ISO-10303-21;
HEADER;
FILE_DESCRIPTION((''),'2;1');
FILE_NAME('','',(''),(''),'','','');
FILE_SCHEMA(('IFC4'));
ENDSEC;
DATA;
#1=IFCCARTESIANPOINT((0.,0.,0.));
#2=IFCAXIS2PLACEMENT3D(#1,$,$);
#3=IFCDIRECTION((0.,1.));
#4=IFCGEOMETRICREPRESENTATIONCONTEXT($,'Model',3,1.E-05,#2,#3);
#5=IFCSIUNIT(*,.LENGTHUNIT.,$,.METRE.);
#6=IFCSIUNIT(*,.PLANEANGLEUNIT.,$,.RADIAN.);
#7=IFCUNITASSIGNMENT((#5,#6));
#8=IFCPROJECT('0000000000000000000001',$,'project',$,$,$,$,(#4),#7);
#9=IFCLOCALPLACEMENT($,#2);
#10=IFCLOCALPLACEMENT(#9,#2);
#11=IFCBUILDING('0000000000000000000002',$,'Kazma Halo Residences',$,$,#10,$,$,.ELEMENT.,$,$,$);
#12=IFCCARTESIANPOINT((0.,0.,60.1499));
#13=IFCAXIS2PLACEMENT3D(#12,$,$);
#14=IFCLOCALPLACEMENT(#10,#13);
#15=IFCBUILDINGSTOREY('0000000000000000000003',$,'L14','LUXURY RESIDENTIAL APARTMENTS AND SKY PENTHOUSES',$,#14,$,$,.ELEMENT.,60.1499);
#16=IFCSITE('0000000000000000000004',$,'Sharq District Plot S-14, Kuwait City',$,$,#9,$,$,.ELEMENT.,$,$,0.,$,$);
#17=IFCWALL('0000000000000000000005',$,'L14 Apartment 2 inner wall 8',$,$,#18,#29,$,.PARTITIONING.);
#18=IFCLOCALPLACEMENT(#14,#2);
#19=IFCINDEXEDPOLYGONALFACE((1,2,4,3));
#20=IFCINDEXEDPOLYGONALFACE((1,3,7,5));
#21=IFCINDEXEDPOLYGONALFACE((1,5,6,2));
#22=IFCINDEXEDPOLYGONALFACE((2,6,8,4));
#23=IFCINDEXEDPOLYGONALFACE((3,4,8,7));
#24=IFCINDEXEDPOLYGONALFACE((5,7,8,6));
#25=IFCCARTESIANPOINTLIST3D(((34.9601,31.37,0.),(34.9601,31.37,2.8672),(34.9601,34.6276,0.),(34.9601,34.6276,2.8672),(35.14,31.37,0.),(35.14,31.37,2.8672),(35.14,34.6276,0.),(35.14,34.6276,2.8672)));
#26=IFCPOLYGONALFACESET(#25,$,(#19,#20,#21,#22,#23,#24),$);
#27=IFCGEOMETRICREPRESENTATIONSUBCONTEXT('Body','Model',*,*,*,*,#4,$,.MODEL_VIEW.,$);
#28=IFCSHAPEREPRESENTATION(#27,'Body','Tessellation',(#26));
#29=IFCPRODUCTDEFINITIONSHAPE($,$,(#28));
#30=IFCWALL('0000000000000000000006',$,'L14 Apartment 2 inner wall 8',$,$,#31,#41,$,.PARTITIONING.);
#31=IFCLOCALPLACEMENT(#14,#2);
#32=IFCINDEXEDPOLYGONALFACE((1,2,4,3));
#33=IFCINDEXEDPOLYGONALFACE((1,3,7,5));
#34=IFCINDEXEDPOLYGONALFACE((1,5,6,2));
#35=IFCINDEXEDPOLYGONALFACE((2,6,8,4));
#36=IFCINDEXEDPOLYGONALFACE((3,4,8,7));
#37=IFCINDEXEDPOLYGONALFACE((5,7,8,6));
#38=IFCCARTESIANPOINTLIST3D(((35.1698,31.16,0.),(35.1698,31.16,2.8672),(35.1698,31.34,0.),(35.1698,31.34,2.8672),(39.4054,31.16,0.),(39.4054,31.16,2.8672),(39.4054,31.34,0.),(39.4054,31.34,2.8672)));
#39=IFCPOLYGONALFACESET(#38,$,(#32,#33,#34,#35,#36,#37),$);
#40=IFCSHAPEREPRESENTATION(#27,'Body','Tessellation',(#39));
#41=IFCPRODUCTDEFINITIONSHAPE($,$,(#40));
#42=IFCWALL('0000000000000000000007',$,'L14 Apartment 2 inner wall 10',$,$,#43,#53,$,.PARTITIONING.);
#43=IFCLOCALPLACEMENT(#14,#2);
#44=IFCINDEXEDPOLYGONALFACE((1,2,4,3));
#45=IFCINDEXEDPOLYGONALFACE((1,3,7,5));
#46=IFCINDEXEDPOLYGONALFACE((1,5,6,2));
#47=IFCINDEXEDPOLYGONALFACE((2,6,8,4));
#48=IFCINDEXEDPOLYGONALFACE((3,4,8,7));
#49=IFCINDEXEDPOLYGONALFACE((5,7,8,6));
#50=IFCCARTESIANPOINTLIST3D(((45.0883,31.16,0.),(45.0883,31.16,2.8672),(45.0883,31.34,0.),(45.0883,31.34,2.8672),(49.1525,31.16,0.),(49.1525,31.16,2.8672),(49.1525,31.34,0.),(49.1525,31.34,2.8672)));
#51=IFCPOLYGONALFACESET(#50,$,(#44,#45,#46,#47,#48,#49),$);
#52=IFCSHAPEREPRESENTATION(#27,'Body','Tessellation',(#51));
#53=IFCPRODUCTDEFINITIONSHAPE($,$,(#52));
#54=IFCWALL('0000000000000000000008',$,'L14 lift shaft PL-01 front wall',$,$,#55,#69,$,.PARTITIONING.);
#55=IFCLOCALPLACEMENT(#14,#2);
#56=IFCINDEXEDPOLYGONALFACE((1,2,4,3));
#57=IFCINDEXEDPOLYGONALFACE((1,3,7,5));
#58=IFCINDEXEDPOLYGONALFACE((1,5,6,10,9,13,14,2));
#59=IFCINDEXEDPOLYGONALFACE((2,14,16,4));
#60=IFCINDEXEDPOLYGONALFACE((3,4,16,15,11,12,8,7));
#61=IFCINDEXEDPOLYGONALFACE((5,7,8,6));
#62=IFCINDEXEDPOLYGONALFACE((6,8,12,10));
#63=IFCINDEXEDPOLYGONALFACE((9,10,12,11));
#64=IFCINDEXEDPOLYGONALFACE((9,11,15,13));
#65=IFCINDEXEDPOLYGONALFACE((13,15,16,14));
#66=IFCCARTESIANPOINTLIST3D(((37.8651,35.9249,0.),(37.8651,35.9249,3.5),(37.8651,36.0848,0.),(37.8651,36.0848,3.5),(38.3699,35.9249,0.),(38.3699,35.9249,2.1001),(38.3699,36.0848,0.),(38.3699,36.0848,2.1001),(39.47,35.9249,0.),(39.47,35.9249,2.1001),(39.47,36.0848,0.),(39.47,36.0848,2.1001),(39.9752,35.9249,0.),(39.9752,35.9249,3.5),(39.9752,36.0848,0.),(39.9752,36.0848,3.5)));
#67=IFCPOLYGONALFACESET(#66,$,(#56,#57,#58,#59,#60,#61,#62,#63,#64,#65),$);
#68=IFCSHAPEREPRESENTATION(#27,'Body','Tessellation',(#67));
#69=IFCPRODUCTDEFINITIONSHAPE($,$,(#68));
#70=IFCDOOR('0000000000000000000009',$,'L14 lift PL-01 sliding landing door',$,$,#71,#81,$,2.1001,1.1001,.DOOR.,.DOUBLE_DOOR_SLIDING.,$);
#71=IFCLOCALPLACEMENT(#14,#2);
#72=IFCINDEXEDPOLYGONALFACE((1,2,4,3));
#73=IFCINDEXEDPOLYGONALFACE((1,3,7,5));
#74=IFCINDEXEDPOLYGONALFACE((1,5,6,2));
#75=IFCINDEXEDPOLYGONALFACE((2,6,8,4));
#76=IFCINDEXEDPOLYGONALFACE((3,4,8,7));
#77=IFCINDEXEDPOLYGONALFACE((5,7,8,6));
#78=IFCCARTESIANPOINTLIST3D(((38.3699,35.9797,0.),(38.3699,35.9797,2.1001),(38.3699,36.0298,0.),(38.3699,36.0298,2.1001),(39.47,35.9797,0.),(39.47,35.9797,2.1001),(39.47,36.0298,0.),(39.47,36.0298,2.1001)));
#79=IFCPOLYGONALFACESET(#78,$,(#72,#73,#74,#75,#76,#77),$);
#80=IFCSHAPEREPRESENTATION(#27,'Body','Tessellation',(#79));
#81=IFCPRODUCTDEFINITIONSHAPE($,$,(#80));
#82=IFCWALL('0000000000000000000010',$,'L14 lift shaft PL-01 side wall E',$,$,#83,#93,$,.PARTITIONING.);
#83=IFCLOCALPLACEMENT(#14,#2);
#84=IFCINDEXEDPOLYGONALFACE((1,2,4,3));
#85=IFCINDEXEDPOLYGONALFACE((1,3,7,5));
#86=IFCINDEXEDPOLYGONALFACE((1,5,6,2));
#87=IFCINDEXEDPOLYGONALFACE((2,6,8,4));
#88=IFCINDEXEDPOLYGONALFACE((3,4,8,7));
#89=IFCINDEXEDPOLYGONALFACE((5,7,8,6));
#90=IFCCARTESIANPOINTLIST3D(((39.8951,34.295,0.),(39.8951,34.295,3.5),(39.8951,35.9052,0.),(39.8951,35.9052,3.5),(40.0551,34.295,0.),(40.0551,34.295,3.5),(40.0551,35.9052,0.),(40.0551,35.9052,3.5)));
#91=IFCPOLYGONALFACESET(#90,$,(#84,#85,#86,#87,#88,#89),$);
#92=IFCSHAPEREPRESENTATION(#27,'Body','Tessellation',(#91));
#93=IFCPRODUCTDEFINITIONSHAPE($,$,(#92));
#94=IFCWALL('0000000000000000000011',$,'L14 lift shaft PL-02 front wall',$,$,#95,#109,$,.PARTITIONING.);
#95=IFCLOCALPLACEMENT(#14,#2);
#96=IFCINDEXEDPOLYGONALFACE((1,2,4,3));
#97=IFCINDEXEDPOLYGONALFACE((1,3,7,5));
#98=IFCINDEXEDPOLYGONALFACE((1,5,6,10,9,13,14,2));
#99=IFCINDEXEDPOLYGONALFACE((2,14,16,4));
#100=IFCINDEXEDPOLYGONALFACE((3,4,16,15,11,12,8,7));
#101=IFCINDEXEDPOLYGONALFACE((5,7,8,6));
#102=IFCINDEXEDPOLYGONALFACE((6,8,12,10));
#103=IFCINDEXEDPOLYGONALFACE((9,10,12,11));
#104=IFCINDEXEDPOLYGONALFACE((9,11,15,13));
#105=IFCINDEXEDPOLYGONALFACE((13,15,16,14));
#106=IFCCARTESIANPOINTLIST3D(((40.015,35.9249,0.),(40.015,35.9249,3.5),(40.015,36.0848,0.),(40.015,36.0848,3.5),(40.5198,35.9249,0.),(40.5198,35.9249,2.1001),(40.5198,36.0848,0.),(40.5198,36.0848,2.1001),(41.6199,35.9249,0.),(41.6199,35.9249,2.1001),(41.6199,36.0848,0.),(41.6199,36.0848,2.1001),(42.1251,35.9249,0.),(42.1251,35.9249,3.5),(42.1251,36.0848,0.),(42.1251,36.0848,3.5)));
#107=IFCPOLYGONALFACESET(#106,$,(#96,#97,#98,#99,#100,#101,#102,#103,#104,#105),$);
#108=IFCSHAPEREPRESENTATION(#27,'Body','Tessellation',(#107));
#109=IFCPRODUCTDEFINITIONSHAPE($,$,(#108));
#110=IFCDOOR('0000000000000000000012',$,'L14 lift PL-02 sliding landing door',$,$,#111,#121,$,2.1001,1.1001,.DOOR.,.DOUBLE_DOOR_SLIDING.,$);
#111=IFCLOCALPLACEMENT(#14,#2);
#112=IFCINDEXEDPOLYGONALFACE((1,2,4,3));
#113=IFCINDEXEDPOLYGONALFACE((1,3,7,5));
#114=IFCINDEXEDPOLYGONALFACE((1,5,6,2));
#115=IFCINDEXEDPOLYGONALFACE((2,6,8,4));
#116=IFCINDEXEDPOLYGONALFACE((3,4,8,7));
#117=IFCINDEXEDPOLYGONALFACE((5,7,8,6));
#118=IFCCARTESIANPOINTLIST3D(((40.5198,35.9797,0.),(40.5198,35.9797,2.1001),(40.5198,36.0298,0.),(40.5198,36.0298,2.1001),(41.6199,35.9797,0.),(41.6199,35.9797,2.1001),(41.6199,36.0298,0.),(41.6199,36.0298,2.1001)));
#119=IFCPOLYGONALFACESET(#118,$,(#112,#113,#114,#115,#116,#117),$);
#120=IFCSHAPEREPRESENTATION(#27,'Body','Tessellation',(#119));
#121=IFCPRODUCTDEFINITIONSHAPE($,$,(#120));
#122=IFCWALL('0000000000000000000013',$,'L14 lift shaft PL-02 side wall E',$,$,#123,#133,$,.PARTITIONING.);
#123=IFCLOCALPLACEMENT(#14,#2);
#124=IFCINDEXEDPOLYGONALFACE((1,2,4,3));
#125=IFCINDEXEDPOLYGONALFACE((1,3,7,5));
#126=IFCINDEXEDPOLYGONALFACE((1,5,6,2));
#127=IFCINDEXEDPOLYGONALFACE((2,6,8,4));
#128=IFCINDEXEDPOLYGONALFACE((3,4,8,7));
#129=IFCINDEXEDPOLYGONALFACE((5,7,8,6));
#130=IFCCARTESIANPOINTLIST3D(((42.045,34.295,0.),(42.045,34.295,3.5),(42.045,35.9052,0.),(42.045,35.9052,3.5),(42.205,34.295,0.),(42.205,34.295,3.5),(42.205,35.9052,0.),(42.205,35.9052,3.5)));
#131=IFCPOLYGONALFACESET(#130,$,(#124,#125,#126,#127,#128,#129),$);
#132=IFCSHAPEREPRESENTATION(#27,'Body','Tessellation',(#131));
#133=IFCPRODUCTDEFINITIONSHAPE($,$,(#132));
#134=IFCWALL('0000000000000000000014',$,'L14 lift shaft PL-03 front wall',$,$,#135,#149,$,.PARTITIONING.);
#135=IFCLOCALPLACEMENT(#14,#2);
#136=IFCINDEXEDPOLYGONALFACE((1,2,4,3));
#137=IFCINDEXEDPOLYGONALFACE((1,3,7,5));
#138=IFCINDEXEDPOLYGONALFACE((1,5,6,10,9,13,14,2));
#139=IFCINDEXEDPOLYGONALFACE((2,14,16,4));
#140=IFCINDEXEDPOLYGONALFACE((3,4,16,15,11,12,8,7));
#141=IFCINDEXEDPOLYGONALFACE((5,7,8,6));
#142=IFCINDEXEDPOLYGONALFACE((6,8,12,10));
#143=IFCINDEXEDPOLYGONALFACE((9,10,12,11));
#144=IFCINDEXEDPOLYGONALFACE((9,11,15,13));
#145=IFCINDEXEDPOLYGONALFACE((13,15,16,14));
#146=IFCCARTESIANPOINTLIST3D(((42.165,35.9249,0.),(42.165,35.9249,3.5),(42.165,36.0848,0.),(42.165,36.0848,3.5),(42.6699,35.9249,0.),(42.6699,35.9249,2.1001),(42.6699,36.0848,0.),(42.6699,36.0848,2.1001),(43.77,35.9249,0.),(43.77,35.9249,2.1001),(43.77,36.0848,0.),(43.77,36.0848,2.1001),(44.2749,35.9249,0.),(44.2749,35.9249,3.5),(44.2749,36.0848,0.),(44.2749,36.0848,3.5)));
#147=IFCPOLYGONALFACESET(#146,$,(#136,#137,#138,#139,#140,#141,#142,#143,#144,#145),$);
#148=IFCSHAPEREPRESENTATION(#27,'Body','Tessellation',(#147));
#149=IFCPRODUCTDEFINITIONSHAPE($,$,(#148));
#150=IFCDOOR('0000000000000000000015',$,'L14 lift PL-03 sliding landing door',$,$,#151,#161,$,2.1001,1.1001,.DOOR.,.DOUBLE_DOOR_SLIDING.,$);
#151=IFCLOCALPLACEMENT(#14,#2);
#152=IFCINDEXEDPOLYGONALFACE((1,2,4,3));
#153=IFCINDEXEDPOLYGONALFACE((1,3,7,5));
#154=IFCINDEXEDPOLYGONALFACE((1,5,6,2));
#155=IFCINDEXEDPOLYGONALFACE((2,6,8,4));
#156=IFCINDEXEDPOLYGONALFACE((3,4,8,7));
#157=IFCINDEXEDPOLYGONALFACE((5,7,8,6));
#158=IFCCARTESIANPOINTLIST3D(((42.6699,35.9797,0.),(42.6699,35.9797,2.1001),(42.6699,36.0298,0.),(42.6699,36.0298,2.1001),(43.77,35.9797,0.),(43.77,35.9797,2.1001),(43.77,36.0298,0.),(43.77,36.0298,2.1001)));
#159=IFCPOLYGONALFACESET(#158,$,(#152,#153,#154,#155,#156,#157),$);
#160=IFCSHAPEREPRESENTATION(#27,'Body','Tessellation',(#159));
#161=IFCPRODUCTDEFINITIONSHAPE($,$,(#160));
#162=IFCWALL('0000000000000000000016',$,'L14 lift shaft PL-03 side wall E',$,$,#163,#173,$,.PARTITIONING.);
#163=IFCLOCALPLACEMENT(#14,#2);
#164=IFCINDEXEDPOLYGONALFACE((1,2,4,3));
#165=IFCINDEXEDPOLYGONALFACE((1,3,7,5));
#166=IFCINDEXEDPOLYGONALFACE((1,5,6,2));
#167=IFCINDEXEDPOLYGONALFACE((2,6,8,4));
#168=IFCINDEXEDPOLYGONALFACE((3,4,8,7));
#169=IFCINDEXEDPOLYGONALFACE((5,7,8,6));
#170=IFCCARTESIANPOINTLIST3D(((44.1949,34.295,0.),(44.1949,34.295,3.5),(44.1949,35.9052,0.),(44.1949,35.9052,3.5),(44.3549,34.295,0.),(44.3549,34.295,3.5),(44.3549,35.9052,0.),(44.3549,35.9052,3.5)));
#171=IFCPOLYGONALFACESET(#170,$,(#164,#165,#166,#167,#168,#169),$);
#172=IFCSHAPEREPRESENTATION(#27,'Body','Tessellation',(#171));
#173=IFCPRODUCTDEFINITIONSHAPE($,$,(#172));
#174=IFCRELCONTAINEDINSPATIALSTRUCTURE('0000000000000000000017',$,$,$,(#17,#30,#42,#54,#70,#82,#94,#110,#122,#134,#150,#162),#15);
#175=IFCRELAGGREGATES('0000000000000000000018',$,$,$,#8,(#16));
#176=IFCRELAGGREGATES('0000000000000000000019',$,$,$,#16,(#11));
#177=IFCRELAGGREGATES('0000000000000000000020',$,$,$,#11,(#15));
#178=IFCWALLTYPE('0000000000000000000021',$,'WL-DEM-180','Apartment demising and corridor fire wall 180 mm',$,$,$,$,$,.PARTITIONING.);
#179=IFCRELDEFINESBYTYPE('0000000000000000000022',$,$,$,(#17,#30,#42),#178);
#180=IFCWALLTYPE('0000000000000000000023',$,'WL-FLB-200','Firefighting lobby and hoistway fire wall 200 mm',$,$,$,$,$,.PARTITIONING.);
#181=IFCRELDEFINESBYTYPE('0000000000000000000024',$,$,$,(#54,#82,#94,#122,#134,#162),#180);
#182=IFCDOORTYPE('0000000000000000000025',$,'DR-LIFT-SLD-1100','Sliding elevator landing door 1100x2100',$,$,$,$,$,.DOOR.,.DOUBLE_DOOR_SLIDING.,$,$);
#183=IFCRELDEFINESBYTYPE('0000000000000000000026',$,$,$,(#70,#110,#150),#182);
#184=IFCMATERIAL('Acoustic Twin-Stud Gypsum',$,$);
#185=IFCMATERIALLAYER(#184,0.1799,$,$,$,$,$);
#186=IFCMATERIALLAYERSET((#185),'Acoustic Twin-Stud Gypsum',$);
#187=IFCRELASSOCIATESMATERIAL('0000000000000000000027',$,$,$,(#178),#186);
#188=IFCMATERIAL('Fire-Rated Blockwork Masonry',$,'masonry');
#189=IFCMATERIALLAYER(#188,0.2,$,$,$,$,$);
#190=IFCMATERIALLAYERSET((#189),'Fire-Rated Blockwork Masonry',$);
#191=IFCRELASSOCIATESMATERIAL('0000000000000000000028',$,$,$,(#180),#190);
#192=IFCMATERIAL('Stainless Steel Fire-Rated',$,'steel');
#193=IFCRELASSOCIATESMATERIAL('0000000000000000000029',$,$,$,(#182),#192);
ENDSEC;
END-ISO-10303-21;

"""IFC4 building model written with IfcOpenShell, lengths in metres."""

from ifc_helpers import new_model, si_unit, direction, frame, frame_2d, origin, place, context, subcontext, project, spatial, rectangle, extrude, material, layer, layer_set, type_object, element, fill, save


model = new_model("IFC4")

# Units and contexts
model_context = context("Model", 3, precision=1e-05, world=origin(), true_north=direction((0.0, 1.0)))
body_context = subcontext(model_context, "Body", "Model", "MODEL_VIEW")
ifc_project = project(units=[si_unit("LENGTHUNIT", "METRE"), si_unit("PLANEANGLEUNIT", "RADIAN")], contexts=[model_context])

# Site, building, storey
site_placement = place(None, origin())
site = spatial("IfcSite", under=ifc_project, at=site_placement, Name="Sharq District Plot S-14, Kuwait City", CompositionType="ELEMENT", RefElevation=0.0)
building_placement = place(site_placement, origin())
building = spatial("IfcBuilding", under=site, at=building_placement, Name="Kazma Halo Residences", CompositionType="ELEMENT")
storey_placement = place(building_placement, frame((0.0, 0.0, 60.1499)))
storey = spatial("IfcBuildingStorey", under=building, at=storey_placement, Name="L14", Description="LUXURY RESIDENTIAL APARTMENTS AND SKY PENTHOUSES", CompositionType="ELEMENT", Elevation=60.1499)

# Shared definitions
ifc_material_1 = material(Name="Acoustic Twin-Stud Gypsum")
ifc_layer_1 = layer(ifc_material_1, 0.1799)
ifc_layer_set_1 = layer_set([ifc_layer_1], Name="Acoustic Twin-Stud Gypsum")
wall_type_1 = type_object("IfcWallType", Name="WL-DEM-180", Description="Apartment demising and corridor fire wall 180 mm", PredefinedType="PARTITIONING", material=ifc_layer_set_1)

# Walls
wall_1_placement = place(storey_placement, frame((35.05, 34.6277, 0.0), z_axis=(0.0, 0.0, 1.0), x_axis=(0.0, -1.0, 0.0)))
element("IfcWall", 1, at=wall_1_placement, inside=storey, type_object=wall_type_1, Name="L14 Apartment 2 inner wall 8", PredefinedType="PARTITIONING", context=body_context, shape_type="SweptSolid", body=[
    extrude(rectangle(XDim=3.2576, YDim=0.1799, at=frame_2d((1.6289, 0.0))), origin(), (0.0, 0.0, 1.0), 2.8672),
])
wall_2_placement = place(storey_placement, frame((35.1699, 31.25, 0.0), z_axis=(0.0, 0.0, 1.0), x_axis=(1.0, 0.0, 0.0)))
element("IfcWall", 2, at=wall_2_placement, inside=storey, type_object=wall_type_1, Name="L14 Apartment 2 inner wall 8", PredefinedType="PARTITIONING", context=body_context, shape_type="SweptSolid", body=[
    extrude(rectangle(XDim=4.2356, YDim=0.1799, at=frame_2d((2.1177, 0.0))), origin(), (0.0, 0.0, 1.0), 2.8672),
])
wall_3_placement = place(storey_placement, frame((45.0881, 31.25, 0.0), z_axis=(0.0, 0.0, 1.0), x_axis=(1.0, 0.0, 0.0)))
element("IfcWall", 3, at=wall_3_placement, inside=storey, type_object=wall_type_1, Name="L14 Apartment 2 inner wall 10", PredefinedType="PARTITIONING", context=body_context, shape_type="SweptSolid", body=[
    extrude(rectangle(XDim=4.0642, YDim=0.1799, at=frame_2d((2.0322, 0.0))), origin(), (0.0, 0.0, 1.0), 2.8672),
])

# Wall, opening, door
ifc_material_2 = material(Name="Fire-Rated Blockwork Masonry", Category="masonry")
ifc_layer_2 = layer(ifc_material_2, 0.2)
ifc_layer_set_2 = layer_set([ifc_layer_2], Name="Fire-Rated Blockwork Masonry")
wall_type_2 = type_object("IfcWallType", Name="WL-FLB-200", Description="Firefighting lobby and hoistway fire wall 200 mm", PredefinedType="PARTITIONING", material=ifc_layer_set_2)
wall_4_placement = place(storey_placement, frame((37.865, 36.0049, 0.0), z_axis=(0.0, 0.0, 1.0), x_axis=(1.0, 0.0, 0.0)))
wall_4 = element("IfcWall", 4, at=wall_4_placement, inside=storey, type_object=wall_type_2, Name="L14 lift shaft PL-01 front wall", PredefinedType="PARTITIONING", context=body_context, shape_type="SweptSolid", body=[
    extrude(rectangle(XDim=2.1101, YDim=0.1599, at=frame_2d((1.0552, 0.0))), origin(), (0.0, 0.0, 1.0), 3.5),
])
opening_1_placement = place(wall_4_placement, frame((0.5049, 0.0, 0.0)))
opening_1 = element("IfcOpeningElement", 5, at=opening_1_placement, cuts=wall_4, PredefinedType="OPENING", context=body_context, shape_type="SweptSolid", body=[
    extrude(rectangle(XDim=1.1001, YDim=2.1001, at=frame_2d((0.55, 1.05))), frame((0.0, 0.0898, 0.0), z_axis=(0.0, -1.0, 0.0), x_axis=(1.0, 0.0, 0.0)), (0.0, 0.0, 1.0), 0.1799),
])
ifc_material_3 = material(Name="Stainless Steel Fire-Rated", Category="steel")
door_type_1 = type_object("IfcDoorType", Name="DR-LIFT-SLD-1100", Description="Sliding elevator landing door 1100x2100", OperationType="DOUBLE_DOOR_SLIDING", PredefinedType="DOOR", material=ifc_material_3)
door_1_placement = place(opening_1_placement, origin())
door_1 = element("IfcDoor", 6, at=door_1_placement, inside=storey, type_object=door_type_1, Name="L14 lift PL-01 sliding landing door", OperationType="DOUBLE_DOOR_SLIDING", OverallHeight=2.1001, OverallWidth=1.1001, PredefinedType="DOOR", context=body_context, shape_type="SweptSolid", body=[
    extrude(rectangle(XDim=1.1001, YDim=2.1001, at=frame_2d((0.55, 1.05))), frame((0.0, 0.0249, 0.0), z_axis=(0.0, -1.0, 0.0), x_axis=(1.0, 0.0, 0.0)), (0.0, 0.0, 1.0), 0.05),
])
fill(opening_1, door_1)

# Wall
wall_5_placement = place(storey_placement, frame((39.9751, 34.2949, 0.0), z_axis=(0.0, 0.0, 1.0), x_axis=(0.0, 1.0, 0.0)))
element("IfcWall", 7, at=wall_5_placement, inside=storey, type_object=wall_type_2, Name="L14 lift shaft PL-01 side wall E", PredefinedType="PARTITIONING", context=body_context, shape_type="SweptSolid", body=[
    extrude(rectangle(XDim=1.6101, YDim=0.1599, at=frame_2d((0.8052, 0.0))), origin(), (0.0, 0.0, 1.0), 3.5),
])

# Wall, opening, door
wall_6_placement = place(storey_placement, frame((40.0149, 36.0049, 0.0), z_axis=(0.0, 0.0, 1.0), x_axis=(1.0, 0.0, 0.0)))
wall_6 = element("IfcWall", 8, at=wall_6_placement, inside=storey, type_object=wall_type_2, Name="L14 lift shaft PL-02 front wall", PredefinedType="PARTITIONING", context=body_context, shape_type="SweptSolid", body=[
    extrude(rectangle(XDim=2.1101, YDim=0.1599, at=frame_2d((1.0552, 0.0))), origin(), (0.0, 0.0, 1.0), 3.5),
])
opening_2_placement = place(wall_6_placement, frame((0.5049, 0.0, 0.0)))
opening_2 = element("IfcOpeningElement", 9, at=opening_2_placement, cuts=wall_6, PredefinedType="OPENING", context=body_context, shape_type="SweptSolid", body=[
    extrude(rectangle(XDim=1.1001, YDim=2.1001, at=frame_2d((0.55, 1.05))), frame((0.0, 0.0898, 0.0), z_axis=(0.0, -1.0, 0.0), x_axis=(1.0, 0.0, 0.0)), (0.0, 0.0, 1.0), 0.1799),
])
door_2_placement = place(opening_2_placement, origin())
door_2 = element("IfcDoor", 10, at=door_2_placement, inside=storey, type_object=door_type_1, Name="L14 lift PL-02 sliding landing door", OperationType="DOUBLE_DOOR_SLIDING", OverallHeight=2.1001, OverallWidth=1.1001, PredefinedType="DOOR", context=body_context, shape_type="SweptSolid", body=[
    extrude(rectangle(XDim=1.1001, YDim=2.1001, at=frame_2d((0.55, 1.05))), frame((0.0, 0.0249, 0.0), z_axis=(0.0, -1.0, 0.0), x_axis=(1.0, 0.0, 0.0)), (0.0, 0.0, 1.0), 0.05),
])
fill(opening_2, door_2)

# Wall
wall_7_placement = place(storey_placement, frame((42.125, 34.2949, 0.0), z_axis=(0.0, 0.0, 1.0), x_axis=(0.0, 1.0, 0.0)))
element("IfcWall", 11, at=wall_7_placement, inside=storey, type_object=wall_type_2, Name="L14 lift shaft PL-02 side wall E", PredefinedType="PARTITIONING", context=body_context, shape_type="SweptSolid", body=[
    extrude(rectangle(XDim=1.6101, YDim=0.1599, at=frame_2d((0.8052, 0.0))), origin(), (0.0, 0.0, 1.0), 3.5),
])

# Wall, opening, door
wall_8_placement = place(storey_placement, frame((42.165, 36.0049, 0.0), z_axis=(0.0, 0.0, 1.0), x_axis=(1.0, 0.0, 0.0)))
wall_8 = element("IfcWall", 12, at=wall_8_placement, inside=storey, type_object=wall_type_2, Name="L14 lift shaft PL-03 front wall", PredefinedType="PARTITIONING", context=body_context, shape_type="SweptSolid", body=[
    extrude(rectangle(XDim=2.1099, YDim=0.1599, at=frame_2d((1.0549, 0.0))), origin(), (0.0, 0.0, 1.0), 3.5),
])
opening_3_placement = place(wall_8_placement, frame((0.5049, 0.0, 0.0)))
opening_3 = element("IfcOpeningElement", 13, at=opening_3_placement, cuts=wall_8, PredefinedType="OPENING", context=body_context, shape_type="SweptSolid", body=[
    extrude(rectangle(XDim=1.1001, YDim=2.1001, at=frame_2d((0.55, 1.05))), frame((0.0, 0.0898, 0.0), z_axis=(0.0, -1.0, 0.0), x_axis=(1.0, 0.0, 0.0)), (0.0, 0.0, 1.0), 0.1799),
])
door_3_placement = place(opening_3_placement, origin())
door_3 = element("IfcDoor", 14, at=door_3_placement, inside=storey, type_object=door_type_1, Name="L14 lift PL-03 sliding landing door", OperationType="DOUBLE_DOOR_SLIDING", OverallHeight=2.1001, OverallWidth=1.1001, PredefinedType="DOOR", context=body_context, shape_type="SweptSolid", body=[
    extrude(rectangle(XDim=1.1001, YDim=2.1001, at=frame_2d((0.55, 1.05))), frame((0.0, 0.0249, 0.0), z_axis=(0.0, -1.0, 0.0), x_axis=(1.0, 0.0, 0.0)), (0.0, 0.0, 1.0), 0.05),
])
fill(opening_3, door_3)

# Wall
wall_9_placement = place(storey_placement, frame((44.2749, 34.2949, 0.0), z_axis=(0.0, 0.0, 1.0), x_axis=(0.0, 1.0, 0.0)))
element("IfcWall", 15, at=wall_9_placement, inside=storey, type_object=wall_type_2, Name="L14 lift shaft PL-03 side wall E", PredefinedType="PARTITIONING", context=body_context, shape_type="SweptSolid", body=[
    extrude(rectangle(XDim=1.6101, YDim=0.1599, at=frame_2d((0.8052, 0.0))), origin(), (0.0, 0.0, 1.0), 3.5),
])

save(model, "model.ifc")
